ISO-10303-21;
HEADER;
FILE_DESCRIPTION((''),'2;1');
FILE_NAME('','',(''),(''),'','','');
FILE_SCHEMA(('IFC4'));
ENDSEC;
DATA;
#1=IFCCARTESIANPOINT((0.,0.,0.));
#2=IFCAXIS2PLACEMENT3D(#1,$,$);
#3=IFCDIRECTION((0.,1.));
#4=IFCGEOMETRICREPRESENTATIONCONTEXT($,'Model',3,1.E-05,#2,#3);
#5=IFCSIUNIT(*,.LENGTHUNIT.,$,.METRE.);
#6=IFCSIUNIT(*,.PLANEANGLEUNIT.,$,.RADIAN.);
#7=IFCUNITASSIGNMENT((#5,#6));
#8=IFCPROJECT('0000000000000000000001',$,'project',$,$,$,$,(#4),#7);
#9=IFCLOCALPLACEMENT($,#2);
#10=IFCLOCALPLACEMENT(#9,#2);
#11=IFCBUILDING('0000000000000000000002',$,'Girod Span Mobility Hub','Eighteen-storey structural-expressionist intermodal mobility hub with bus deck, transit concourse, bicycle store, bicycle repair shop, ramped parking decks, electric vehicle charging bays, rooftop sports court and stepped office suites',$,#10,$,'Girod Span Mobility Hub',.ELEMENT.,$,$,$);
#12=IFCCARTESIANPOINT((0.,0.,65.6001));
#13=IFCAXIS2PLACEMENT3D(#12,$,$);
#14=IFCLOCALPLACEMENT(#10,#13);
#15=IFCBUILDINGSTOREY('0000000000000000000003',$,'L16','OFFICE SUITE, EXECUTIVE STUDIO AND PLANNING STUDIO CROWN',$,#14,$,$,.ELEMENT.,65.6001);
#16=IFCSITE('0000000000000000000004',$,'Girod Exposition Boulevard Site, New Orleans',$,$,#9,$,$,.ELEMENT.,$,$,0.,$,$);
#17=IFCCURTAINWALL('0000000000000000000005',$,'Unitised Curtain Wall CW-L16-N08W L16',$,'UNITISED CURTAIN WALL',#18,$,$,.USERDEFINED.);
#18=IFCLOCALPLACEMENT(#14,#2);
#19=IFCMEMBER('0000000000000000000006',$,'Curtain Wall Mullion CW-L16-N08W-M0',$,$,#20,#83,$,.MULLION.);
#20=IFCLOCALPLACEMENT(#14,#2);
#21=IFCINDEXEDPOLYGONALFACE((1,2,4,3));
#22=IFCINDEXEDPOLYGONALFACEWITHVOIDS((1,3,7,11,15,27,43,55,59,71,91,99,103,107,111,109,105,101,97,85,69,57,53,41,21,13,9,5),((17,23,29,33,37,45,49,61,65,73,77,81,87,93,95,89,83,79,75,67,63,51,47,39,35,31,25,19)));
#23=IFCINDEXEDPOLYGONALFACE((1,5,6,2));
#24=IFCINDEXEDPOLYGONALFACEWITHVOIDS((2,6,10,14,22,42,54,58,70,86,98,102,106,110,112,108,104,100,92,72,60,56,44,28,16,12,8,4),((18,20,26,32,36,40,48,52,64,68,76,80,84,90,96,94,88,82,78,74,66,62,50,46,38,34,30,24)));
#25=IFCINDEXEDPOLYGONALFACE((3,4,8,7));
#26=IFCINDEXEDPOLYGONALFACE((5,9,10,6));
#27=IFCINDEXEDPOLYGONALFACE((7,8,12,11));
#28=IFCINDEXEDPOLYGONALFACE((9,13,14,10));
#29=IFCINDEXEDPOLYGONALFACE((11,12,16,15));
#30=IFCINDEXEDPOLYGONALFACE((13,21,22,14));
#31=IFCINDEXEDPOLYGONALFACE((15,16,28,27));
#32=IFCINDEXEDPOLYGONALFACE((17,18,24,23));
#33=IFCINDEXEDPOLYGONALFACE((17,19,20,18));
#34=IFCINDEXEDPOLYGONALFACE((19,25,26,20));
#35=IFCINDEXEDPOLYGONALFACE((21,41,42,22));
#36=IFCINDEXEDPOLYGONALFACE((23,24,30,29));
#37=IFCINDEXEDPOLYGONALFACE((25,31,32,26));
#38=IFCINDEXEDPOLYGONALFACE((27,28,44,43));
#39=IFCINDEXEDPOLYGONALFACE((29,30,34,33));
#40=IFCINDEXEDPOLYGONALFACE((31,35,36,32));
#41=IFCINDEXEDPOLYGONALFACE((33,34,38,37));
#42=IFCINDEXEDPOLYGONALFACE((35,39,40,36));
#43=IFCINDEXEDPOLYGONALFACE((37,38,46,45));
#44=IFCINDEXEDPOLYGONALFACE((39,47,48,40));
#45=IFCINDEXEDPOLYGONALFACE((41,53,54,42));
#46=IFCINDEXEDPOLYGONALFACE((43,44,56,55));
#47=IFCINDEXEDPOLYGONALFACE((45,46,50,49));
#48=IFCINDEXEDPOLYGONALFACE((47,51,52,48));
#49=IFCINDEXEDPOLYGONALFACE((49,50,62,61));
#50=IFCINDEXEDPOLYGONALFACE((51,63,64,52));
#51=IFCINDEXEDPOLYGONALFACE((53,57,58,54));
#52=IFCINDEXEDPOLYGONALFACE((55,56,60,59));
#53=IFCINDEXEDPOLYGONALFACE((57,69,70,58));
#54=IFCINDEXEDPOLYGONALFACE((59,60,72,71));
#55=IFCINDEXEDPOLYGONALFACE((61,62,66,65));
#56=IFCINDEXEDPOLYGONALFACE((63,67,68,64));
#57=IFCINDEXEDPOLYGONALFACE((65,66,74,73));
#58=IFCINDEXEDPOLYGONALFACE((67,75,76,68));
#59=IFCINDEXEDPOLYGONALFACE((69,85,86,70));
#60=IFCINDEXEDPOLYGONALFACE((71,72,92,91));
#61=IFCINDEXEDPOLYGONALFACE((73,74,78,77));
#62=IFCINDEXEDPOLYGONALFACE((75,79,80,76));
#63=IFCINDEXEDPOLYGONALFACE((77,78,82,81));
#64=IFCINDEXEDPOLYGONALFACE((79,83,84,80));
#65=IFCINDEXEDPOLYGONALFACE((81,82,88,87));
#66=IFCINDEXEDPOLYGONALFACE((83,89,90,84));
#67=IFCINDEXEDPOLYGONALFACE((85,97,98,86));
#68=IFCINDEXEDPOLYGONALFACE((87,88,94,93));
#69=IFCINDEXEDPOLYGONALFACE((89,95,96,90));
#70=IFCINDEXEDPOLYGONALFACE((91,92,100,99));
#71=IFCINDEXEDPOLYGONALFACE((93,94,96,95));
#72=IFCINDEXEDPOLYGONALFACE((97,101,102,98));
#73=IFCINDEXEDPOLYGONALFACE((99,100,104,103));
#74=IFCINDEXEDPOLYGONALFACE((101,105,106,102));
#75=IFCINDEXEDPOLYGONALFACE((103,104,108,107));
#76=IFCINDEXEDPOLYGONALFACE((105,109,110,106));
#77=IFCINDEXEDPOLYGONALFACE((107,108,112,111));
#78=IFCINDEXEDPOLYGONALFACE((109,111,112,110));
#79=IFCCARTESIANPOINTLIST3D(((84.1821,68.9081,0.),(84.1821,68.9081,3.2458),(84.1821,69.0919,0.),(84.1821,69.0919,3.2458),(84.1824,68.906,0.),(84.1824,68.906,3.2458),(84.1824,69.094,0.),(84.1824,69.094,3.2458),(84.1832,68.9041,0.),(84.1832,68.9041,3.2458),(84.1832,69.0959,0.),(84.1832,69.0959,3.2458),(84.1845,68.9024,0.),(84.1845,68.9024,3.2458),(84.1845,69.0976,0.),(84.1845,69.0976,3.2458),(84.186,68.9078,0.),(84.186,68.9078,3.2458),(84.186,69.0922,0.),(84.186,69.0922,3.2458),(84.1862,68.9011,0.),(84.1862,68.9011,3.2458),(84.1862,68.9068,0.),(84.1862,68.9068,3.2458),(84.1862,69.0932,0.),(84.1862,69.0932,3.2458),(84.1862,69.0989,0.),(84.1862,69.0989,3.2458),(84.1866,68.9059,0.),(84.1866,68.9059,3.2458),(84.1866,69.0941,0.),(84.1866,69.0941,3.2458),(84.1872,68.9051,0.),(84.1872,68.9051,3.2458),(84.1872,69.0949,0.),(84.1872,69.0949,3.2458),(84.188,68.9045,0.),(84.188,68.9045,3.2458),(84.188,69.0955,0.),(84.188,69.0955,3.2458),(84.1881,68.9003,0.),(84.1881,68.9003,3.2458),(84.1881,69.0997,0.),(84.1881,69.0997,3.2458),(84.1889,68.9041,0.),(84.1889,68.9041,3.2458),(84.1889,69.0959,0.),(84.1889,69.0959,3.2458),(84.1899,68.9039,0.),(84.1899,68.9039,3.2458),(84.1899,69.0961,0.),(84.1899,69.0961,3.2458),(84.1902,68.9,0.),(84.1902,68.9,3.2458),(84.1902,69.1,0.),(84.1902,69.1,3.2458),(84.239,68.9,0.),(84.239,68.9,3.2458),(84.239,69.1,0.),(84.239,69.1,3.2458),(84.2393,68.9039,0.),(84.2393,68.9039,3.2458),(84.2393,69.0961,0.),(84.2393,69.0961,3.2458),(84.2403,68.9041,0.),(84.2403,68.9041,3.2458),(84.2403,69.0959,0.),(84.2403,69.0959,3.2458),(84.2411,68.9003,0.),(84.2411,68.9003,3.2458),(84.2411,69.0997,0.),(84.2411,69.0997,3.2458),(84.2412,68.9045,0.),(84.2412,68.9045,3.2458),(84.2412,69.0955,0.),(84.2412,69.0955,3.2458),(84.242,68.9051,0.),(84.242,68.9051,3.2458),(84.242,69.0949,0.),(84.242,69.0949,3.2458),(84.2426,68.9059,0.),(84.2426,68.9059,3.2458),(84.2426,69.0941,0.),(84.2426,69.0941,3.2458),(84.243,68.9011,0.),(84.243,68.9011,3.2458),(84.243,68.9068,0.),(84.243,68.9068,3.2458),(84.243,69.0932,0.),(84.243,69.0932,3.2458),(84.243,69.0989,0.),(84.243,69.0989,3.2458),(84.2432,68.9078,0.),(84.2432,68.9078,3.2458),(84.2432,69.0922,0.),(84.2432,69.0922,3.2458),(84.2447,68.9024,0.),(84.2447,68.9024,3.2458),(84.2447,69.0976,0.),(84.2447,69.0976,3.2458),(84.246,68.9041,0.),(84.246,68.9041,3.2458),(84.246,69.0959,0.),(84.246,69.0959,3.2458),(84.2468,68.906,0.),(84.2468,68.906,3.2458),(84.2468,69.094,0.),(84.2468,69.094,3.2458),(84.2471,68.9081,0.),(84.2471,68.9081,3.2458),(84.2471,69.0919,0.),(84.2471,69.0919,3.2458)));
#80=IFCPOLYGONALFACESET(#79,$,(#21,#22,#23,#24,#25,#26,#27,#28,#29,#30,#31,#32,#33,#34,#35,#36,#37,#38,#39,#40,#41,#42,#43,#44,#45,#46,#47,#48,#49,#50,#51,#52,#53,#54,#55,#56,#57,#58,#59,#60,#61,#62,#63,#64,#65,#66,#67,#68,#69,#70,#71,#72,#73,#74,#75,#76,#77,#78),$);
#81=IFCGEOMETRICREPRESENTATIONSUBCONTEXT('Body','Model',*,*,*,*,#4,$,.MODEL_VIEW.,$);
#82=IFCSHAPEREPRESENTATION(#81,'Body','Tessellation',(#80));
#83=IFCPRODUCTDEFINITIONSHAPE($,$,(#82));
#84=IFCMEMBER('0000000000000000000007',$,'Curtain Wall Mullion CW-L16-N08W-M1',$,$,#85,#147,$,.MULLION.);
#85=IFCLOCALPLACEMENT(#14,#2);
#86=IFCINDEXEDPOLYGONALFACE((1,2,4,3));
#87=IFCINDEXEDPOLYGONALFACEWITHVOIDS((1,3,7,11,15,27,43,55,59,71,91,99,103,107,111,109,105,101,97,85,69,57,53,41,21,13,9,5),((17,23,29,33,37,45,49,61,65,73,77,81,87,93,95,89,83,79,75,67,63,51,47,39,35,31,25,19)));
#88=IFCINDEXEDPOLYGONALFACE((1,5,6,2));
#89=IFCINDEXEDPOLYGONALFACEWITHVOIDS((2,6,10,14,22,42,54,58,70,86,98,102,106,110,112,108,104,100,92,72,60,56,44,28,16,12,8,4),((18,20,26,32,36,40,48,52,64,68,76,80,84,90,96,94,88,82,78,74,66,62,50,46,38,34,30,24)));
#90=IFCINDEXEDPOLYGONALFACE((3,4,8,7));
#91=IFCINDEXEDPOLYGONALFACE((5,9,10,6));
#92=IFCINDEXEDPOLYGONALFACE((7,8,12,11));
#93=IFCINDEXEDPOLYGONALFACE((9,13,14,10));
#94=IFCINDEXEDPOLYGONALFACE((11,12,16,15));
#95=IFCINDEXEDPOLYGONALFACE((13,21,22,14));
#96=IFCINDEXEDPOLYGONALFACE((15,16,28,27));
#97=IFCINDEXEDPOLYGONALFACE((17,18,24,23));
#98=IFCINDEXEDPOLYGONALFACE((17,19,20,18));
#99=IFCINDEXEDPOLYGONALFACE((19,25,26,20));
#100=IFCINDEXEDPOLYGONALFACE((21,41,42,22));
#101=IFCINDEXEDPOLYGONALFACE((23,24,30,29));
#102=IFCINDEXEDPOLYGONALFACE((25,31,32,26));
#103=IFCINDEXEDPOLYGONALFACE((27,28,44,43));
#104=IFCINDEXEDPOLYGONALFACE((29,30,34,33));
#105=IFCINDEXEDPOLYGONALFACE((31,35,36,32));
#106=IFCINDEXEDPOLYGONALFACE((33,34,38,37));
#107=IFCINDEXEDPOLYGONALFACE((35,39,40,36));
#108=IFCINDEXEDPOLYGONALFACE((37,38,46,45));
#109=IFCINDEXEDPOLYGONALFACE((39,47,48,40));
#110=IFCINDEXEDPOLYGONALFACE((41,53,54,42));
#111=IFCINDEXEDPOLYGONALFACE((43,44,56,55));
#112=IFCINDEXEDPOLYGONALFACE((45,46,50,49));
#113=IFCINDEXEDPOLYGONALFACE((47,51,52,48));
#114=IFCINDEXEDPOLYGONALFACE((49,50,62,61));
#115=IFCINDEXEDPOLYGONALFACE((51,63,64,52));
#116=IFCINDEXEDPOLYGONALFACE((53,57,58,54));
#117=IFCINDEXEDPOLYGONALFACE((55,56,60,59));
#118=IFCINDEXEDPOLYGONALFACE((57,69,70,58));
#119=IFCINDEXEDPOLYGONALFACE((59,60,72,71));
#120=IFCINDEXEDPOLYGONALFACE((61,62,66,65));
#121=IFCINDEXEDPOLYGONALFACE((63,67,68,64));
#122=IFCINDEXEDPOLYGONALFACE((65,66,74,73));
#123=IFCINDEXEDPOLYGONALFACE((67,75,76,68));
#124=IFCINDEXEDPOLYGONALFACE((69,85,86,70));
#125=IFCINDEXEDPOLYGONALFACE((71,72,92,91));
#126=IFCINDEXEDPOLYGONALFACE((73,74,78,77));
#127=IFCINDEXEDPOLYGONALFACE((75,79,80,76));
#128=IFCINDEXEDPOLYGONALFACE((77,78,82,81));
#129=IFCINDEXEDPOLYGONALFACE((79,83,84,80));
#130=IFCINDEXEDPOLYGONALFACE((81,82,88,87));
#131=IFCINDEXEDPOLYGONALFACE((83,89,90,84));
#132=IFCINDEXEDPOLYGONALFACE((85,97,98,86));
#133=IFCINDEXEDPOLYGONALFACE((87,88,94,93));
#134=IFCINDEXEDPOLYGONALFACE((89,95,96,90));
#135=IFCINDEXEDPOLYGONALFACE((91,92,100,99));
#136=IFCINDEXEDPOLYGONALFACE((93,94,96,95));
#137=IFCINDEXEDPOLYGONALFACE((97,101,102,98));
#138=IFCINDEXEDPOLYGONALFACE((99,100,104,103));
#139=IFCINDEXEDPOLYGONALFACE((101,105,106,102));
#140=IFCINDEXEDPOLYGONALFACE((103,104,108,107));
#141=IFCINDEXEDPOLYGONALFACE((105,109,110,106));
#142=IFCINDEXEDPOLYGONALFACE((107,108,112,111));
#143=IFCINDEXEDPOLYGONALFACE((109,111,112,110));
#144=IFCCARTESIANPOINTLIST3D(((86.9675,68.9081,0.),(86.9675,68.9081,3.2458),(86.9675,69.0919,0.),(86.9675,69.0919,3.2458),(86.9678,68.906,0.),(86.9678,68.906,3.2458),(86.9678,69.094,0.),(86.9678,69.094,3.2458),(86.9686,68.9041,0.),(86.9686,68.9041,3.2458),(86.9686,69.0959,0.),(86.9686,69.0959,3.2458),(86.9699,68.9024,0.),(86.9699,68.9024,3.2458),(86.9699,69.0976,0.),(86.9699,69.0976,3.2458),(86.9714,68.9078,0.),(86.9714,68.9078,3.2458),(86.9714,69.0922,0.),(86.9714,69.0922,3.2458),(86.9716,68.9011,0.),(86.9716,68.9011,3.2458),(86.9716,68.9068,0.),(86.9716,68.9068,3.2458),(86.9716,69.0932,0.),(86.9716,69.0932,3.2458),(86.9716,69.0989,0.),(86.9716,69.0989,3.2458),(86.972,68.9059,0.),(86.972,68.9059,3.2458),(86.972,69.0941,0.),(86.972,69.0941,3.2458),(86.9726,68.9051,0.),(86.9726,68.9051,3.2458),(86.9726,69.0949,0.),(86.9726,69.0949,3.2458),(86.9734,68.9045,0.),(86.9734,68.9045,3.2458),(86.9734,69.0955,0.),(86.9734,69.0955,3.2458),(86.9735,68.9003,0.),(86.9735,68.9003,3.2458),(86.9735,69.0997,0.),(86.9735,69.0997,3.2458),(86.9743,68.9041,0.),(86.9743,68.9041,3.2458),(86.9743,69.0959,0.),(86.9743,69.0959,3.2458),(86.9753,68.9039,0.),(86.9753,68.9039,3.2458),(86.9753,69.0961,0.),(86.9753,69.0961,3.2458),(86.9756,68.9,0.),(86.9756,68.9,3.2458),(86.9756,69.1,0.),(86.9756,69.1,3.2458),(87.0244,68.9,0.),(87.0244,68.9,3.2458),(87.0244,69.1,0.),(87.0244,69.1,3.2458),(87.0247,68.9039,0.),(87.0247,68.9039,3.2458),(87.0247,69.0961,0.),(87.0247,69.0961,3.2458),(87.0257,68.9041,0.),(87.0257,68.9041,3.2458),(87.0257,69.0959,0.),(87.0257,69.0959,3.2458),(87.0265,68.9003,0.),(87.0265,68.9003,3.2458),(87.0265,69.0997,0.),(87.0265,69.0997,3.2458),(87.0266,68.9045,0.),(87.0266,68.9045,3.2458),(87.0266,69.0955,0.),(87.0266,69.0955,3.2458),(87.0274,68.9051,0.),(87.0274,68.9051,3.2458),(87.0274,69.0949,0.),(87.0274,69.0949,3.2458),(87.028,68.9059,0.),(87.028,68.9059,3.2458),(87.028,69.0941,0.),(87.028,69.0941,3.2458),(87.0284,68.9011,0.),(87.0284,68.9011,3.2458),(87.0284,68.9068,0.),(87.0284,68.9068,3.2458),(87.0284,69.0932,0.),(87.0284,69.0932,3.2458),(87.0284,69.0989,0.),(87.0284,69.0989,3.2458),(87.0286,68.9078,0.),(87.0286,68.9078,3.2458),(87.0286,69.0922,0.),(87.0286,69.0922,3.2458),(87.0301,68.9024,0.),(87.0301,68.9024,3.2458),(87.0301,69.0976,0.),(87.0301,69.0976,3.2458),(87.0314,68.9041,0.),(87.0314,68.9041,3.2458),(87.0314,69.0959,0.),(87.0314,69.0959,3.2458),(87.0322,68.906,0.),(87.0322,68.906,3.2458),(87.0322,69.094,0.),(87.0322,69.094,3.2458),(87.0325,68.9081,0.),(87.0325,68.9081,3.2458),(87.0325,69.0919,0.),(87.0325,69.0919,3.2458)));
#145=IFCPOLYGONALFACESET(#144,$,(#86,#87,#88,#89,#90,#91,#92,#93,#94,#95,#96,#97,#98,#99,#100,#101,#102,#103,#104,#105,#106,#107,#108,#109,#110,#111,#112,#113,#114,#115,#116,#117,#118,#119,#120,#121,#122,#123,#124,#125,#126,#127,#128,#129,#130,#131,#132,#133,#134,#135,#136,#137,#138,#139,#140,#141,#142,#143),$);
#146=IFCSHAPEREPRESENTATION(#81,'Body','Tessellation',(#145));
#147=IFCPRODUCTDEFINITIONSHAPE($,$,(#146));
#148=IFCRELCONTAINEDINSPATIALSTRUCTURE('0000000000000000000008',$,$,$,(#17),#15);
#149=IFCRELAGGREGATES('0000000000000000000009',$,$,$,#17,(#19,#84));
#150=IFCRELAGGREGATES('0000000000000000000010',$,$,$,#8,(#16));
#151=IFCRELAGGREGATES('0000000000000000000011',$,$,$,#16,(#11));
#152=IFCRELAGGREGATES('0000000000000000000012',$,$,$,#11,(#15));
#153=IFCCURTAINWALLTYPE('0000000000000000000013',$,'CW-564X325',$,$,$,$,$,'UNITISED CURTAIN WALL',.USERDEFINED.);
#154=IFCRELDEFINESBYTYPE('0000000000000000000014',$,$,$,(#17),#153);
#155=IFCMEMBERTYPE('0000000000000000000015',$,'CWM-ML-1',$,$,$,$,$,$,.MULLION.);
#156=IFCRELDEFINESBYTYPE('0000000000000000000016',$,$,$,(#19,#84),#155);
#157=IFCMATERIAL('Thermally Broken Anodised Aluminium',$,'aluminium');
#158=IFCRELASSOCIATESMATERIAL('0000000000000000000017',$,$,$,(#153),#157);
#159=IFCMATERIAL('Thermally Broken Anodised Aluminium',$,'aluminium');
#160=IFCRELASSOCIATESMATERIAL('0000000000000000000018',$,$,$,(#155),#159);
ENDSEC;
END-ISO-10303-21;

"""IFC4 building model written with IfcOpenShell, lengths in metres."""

from ifc_helpers import new_model, si_unit, direction, frame, origin, origin_2d, place, context, subcontext, project, spatial, hollow_rectangle, extrude, material, material_profile, profile_set, type_object, element, aggregate, save


model = new_model("IFC4")

# Units and contexts
model_context = context("Model", 3, precision=1e-05, world=origin(), true_north=direction((0.0, 1.0)))
body_context = subcontext(model_context, "Body", "Model", "MODEL_VIEW")
ifc_project = project(units=[si_unit("LENGTHUNIT", "METRE"), si_unit("PLANEANGLEUNIT", "RADIAN")], contexts=[model_context])

# Site, building, storey
site_placement = place(None, origin())
site = spatial("IfcSite", under=ifc_project, at=site_placement, Name="Girod Exposition Boulevard Site, New Orleans", CompositionType="ELEMENT", RefElevation=0.0)
building_placement = place(site_placement, origin())
building = spatial("IfcBuilding", under=site, at=building_placement, Name="Girod Span Mobility Hub", Description="Eighteen-storey structural-expressionist intermodal mobility hub with bus deck, transit concourse, bicycle store, bicycle repair shop, ramped parking decks, electric vehicle charging bays, rooftop sports court and stepped office suites", LongName="Girod Span Mobility Hub", CompositionType="ELEMENT")
storey_placement = place(building_placement, frame((0.0, 0.0, 65.6001)))
storey = spatial("IfcBuildingStorey", under=building, at=storey_placement, Name="L16", Description="OFFICE SUITE, EXECUTIVE STUDIO AND PLANNING STUDIO CROWN", CompositionType="ELEMENT", Elevation=65.6001)

# Curtain wall, members
ifc_material_1 = material(Name="Thermally Broken Anodised Aluminium", Category="aluminium")
curtain_wall_type = type_object("IfcCurtainWallType", Name="CW-564X325", ElementType="UNITISED CURTAIN WALL", PredefinedType="USERDEFINED", material=ifc_material_1)
ifc_material_2 = material(Name="Thermally Broken Anodised Aluminium", Category="aluminium")
ifc_material_profile_1 = material_profile(ifc_material_2, hollow_rectangle(XDim=0.2, YDim=0.0649, WallThickness=0.0039, InnerFilletRadius=0.0039, OuterFilletRadius=0.0081, at=origin_2d()), Name="CW-ML-65X200")
ifc_profile_set_1 = profile_set([ifc_material_profile_1], Name="Thermally Broken Anodised Aluminium")
member_type_1 = type_object("IfcMemberType", Name="CWM-ML-1", PredefinedType="MULLION", material=ifc_profile_set_1)
curtain_wall_1_placement = place(storey_placement, origin())
curtain_wall_1 = element("IfcCurtainWall", 1, at=curtain_wall_1_placement, inside=storey, type_object=curtain_wall_type, Name="Unitised Curtain Wall CW-L16-N08W L16", ObjectType="UNITISED CURTAIN WALL", PredefinedType="USERDEFINED")
member_1_placement = place(storey_placement, frame((84.2146, 69.0, 0.0), z_axis=(0.0, 0.0, 1.0), x_axis=(0.0, 1.0, 0.0)))
member_1 = element("IfcMember", 2, at=member_1_placement, type_object=member_type_1, Name="Curtain Wall Mullion CW-L16-N08W-M0", PredefinedType="MULLION", context=body_context, shape_type="SweptSolid", body=[
    extrude(hollow_rectangle(XDim=0.2, YDim=0.0649, WallThickness=0.0039, InnerFilletRadius=0.0039, OuterFilletRadius=0.0081, at=origin_2d()), origin(), (0.0, 0.0, 1.0), 3.2458),
])
member_2_placement = place(storey_placement, frame((87.0, 69.0, 0.0), z_axis=(0.0, 0.0, 1.0), x_axis=(0.0, 1.0, 0.0)))
member_2 = element("IfcMember", 3, at=member_2_placement, type_object=member_type_1, Name="Curtain Wall Mullion CW-L16-N08W-M1", PredefinedType="MULLION", context=body_context, shape_type="SweptSolid", body=[
    extrude(hollow_rectangle(XDim=0.2, YDim=0.0649, WallThickness=0.0039, InnerFilletRadius=0.0039, OuterFilletRadius=0.0081, at=origin_2d()), origin(), (0.0, 0.0, 1.0), 3.2458),
])

aggregate(curtain_wall_1, [member_1, member_2])

save(model, "model.ifc")
